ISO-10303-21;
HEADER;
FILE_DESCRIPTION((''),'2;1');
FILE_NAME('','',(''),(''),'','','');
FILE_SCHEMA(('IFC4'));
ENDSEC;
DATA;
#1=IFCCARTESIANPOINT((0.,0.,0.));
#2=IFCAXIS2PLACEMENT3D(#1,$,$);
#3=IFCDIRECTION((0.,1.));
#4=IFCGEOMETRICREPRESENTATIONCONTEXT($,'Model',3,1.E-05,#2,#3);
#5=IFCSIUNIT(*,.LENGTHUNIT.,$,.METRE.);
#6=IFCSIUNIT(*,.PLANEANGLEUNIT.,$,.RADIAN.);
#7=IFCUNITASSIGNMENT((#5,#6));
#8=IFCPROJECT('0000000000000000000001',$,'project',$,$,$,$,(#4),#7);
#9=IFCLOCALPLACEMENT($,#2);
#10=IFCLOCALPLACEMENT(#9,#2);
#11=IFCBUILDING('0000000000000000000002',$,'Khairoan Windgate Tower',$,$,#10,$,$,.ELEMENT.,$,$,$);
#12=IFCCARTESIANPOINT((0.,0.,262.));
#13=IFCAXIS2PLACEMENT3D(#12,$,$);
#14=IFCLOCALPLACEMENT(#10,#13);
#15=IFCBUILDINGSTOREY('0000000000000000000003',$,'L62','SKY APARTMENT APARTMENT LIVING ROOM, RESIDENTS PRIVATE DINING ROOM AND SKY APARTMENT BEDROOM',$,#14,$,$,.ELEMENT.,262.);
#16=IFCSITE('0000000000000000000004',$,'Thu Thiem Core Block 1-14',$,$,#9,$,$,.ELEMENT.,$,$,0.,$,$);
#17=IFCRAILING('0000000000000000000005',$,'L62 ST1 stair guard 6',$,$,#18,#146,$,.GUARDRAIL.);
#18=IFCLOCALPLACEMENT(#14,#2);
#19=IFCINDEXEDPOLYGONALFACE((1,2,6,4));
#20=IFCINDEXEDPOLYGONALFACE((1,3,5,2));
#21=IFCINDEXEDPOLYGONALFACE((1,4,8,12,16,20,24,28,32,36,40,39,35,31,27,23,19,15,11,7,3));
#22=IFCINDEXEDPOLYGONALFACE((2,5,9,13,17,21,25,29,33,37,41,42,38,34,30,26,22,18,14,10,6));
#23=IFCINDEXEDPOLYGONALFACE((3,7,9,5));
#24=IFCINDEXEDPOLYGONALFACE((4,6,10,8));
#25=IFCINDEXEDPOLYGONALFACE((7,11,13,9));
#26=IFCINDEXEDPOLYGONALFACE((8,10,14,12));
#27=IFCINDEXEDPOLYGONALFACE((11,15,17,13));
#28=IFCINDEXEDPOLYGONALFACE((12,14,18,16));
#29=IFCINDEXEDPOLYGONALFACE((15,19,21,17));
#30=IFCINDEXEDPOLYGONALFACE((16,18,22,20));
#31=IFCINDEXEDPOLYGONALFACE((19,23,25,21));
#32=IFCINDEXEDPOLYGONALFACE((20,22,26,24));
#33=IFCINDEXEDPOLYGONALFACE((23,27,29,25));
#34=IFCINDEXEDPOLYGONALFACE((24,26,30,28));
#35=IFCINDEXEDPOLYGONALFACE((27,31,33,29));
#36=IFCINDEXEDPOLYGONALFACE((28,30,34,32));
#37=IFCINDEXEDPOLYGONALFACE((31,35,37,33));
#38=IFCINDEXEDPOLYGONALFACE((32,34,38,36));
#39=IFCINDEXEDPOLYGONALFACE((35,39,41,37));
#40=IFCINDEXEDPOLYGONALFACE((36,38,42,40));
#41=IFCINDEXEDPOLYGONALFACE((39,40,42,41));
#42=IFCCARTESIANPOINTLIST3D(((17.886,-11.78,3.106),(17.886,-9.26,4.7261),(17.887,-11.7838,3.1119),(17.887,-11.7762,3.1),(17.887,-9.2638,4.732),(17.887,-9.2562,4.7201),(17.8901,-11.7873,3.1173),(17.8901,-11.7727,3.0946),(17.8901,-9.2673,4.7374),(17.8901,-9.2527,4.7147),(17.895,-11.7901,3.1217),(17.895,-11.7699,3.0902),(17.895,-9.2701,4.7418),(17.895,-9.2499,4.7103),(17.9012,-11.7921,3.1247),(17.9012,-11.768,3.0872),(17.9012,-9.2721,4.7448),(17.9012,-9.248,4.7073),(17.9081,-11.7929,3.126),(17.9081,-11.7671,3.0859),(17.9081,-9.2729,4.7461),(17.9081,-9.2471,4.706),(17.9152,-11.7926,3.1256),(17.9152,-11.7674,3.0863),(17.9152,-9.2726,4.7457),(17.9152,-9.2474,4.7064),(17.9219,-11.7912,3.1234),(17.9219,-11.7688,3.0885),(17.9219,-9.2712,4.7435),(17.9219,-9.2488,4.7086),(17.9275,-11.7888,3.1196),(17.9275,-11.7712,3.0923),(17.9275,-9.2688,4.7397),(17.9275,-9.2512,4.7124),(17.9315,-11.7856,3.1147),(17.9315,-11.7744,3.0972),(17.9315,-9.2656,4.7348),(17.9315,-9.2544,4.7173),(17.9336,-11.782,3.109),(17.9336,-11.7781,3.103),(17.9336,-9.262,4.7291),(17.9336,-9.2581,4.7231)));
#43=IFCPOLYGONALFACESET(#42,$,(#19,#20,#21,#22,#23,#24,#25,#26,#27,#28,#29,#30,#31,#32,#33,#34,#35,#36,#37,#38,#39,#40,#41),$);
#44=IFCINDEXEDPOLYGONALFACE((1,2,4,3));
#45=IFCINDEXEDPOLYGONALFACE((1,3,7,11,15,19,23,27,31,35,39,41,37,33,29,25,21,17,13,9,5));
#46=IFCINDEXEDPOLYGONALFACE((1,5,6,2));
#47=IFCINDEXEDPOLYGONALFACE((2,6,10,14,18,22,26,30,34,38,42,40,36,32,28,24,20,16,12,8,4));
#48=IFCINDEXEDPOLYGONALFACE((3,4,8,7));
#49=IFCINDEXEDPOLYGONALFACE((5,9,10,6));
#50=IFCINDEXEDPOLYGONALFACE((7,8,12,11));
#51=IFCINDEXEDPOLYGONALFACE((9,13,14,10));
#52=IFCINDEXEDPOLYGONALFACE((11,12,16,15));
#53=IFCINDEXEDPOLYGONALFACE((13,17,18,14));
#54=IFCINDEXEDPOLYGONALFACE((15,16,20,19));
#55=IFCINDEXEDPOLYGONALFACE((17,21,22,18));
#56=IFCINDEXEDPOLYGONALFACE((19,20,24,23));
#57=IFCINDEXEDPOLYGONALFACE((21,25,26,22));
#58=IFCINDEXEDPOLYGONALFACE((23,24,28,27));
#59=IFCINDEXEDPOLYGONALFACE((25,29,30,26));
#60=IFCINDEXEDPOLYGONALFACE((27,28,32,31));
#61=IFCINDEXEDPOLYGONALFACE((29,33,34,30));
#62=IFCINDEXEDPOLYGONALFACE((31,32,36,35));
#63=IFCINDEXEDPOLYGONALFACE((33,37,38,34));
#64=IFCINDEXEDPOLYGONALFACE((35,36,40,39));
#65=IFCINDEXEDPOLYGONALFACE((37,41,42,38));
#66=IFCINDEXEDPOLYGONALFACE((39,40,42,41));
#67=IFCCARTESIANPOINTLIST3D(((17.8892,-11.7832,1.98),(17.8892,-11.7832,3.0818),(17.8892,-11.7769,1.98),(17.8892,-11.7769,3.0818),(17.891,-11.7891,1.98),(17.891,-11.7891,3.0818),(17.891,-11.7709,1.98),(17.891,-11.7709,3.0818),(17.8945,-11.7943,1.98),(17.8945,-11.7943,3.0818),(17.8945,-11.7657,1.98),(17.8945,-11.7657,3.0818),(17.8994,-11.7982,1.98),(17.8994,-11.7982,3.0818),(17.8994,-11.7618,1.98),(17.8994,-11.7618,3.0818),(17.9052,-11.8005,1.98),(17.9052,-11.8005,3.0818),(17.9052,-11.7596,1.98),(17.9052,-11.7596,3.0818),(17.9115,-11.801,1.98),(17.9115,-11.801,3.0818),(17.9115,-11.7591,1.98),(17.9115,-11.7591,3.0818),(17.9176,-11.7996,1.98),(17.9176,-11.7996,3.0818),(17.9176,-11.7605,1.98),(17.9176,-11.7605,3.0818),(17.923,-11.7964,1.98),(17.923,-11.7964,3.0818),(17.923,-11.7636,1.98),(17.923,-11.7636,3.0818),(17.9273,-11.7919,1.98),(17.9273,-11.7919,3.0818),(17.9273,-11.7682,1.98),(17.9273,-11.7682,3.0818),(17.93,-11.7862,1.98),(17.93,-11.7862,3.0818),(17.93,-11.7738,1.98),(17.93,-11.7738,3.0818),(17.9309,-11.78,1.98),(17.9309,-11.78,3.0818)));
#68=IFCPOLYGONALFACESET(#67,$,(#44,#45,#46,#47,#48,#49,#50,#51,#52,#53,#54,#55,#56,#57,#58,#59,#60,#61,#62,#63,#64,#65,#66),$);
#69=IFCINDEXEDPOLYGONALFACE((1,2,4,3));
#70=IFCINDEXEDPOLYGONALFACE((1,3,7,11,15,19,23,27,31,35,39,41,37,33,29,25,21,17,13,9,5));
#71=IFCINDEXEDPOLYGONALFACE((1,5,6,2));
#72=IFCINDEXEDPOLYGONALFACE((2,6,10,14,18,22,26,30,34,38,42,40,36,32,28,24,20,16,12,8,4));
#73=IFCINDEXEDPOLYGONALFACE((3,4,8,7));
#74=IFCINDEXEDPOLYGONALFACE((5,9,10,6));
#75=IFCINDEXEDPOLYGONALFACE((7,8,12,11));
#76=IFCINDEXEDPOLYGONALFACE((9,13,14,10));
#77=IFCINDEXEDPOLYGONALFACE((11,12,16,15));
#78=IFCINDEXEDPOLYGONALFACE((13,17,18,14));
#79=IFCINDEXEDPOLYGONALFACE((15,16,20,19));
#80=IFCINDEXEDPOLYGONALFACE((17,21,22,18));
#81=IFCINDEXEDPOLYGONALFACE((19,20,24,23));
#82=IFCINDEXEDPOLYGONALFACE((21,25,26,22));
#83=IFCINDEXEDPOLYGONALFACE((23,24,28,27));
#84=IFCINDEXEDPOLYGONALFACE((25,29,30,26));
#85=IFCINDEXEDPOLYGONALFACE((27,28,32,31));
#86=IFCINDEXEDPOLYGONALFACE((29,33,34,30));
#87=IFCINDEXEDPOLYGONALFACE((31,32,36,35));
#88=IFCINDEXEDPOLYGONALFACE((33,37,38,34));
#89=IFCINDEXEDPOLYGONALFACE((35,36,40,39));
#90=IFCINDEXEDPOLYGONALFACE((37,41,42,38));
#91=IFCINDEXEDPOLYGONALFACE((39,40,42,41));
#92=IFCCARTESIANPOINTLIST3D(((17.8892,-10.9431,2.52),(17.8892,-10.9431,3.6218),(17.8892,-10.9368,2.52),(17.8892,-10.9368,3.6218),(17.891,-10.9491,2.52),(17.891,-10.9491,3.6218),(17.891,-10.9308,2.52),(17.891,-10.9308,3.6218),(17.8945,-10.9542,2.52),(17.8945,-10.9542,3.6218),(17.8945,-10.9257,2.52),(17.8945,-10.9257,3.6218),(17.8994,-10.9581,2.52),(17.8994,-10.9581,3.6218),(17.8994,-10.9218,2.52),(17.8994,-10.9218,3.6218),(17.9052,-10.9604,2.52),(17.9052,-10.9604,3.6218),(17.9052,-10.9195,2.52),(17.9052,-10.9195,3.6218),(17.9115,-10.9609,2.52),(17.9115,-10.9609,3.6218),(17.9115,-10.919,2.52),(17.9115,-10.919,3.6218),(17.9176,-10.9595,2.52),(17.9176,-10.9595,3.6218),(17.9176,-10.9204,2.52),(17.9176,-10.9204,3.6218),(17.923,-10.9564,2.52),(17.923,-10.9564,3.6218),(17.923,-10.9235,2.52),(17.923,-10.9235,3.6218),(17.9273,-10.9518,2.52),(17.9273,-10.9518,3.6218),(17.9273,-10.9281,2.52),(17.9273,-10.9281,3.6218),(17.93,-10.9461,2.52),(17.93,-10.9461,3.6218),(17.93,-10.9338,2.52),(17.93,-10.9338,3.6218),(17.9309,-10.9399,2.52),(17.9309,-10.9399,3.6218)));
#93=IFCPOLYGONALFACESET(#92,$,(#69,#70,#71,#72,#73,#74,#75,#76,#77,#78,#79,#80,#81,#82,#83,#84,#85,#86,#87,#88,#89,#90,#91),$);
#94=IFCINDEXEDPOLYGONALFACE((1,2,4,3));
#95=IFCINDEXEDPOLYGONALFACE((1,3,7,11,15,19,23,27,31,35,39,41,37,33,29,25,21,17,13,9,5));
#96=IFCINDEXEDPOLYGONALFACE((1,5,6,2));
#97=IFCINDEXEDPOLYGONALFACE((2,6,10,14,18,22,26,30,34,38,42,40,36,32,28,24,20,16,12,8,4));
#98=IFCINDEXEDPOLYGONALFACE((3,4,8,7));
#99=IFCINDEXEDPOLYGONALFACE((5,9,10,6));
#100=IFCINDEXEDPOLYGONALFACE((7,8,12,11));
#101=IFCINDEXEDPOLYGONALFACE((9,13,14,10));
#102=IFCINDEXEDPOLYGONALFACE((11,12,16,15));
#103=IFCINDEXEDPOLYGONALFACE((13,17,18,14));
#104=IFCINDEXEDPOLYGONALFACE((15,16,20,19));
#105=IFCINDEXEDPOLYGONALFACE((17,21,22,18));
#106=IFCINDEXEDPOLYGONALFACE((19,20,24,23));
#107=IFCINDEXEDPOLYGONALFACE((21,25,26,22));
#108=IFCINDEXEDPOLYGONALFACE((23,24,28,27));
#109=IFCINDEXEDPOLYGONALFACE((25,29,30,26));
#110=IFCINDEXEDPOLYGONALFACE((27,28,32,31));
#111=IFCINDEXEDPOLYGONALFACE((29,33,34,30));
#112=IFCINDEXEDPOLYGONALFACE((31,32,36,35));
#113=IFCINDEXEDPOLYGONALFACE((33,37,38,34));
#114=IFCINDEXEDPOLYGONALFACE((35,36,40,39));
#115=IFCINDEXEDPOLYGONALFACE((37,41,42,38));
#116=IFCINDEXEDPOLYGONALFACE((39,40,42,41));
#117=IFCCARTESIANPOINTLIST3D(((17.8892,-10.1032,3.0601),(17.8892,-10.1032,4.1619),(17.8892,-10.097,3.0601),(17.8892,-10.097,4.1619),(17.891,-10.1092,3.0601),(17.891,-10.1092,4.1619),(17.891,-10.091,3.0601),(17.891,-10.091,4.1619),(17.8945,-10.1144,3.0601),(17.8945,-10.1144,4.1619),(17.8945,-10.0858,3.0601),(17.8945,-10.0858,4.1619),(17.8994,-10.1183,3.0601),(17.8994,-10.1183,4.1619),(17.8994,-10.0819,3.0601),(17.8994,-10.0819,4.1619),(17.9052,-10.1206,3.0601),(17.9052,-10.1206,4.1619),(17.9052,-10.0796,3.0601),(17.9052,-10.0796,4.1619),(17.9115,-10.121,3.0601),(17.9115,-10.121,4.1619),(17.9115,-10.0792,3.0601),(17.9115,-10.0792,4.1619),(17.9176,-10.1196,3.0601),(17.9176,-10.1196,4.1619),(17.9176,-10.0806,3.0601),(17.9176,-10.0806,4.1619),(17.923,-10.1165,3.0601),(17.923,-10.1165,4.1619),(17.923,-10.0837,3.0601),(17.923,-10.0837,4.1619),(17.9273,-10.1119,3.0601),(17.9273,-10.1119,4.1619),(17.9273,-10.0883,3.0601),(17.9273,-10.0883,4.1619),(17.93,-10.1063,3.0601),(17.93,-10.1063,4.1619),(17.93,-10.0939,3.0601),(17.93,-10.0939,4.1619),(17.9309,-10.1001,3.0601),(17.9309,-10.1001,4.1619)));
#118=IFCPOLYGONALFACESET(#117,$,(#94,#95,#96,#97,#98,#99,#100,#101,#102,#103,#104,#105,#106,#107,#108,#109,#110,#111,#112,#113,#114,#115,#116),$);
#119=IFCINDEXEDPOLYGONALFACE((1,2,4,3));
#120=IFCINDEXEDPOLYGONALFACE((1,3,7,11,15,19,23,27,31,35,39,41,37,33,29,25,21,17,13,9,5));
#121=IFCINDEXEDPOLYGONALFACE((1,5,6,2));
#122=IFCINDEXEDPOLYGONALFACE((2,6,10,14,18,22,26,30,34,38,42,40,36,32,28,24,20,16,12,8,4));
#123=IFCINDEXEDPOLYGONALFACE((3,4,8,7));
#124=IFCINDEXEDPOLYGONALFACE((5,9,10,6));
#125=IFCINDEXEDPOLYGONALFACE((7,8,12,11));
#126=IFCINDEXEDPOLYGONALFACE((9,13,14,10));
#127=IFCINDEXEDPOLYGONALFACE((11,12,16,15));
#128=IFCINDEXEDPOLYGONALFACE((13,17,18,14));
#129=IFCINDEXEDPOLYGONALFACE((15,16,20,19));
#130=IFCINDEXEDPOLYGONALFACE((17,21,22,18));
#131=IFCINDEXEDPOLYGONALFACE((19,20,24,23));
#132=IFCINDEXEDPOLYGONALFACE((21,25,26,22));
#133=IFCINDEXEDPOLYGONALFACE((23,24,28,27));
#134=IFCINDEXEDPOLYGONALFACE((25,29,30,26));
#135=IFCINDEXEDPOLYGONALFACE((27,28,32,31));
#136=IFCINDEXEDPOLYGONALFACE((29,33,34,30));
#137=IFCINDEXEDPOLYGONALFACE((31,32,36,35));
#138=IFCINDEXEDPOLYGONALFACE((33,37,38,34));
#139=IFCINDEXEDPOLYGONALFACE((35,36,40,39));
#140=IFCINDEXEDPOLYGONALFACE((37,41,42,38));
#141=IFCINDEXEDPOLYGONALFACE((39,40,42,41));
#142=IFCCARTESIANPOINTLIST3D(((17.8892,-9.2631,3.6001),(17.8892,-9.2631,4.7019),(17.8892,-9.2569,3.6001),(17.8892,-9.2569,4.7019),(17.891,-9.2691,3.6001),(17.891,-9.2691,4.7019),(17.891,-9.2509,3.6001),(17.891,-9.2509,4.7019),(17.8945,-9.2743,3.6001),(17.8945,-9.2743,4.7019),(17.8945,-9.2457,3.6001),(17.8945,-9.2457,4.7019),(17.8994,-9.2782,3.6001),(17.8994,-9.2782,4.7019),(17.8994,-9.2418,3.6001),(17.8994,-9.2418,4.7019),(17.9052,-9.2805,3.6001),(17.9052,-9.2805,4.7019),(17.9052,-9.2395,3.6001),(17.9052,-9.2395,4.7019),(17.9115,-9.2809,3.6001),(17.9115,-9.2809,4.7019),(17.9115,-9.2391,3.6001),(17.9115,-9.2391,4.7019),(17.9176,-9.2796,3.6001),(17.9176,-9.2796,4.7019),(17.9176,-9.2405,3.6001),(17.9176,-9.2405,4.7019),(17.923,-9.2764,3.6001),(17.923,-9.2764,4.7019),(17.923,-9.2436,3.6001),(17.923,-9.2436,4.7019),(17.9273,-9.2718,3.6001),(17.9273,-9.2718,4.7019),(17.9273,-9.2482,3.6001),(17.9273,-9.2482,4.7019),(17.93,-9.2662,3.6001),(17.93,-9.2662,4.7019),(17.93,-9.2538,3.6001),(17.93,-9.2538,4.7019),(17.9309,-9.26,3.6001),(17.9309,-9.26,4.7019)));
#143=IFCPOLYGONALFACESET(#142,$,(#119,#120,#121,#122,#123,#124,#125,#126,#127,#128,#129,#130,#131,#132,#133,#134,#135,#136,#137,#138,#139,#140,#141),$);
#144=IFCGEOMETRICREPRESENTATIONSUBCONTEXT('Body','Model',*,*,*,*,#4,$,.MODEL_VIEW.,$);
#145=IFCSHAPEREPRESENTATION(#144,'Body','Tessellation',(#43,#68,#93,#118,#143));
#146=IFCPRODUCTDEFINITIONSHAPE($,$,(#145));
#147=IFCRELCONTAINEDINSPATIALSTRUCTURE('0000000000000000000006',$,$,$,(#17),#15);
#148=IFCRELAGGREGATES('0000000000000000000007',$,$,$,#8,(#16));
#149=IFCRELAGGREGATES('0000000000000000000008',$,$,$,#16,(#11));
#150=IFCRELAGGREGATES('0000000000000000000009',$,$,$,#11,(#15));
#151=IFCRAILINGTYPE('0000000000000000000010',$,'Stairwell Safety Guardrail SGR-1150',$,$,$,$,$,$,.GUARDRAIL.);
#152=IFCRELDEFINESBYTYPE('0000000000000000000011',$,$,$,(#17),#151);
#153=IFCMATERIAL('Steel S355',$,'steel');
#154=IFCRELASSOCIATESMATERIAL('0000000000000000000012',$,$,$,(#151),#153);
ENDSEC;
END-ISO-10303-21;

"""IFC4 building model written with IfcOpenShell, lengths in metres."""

from ifc_helpers import new_model, si_unit, direction, frame, origin, origin_2d, place, context, subcontext, project, spatial, circle, extrude, material, type_object, element, save


model = new_model("IFC4")

# Units and contexts
model_context = context("Model", 3, precision=1e-05, world=origin(), true_north=direction((0.0, 1.0)))
body_context = subcontext(model_context, "Body", "Model", "MODEL_VIEW")
ifc_project = project(units=[si_unit("LENGTHUNIT", "METRE"), si_unit("PLANEANGLEUNIT", "RADIAN")], contexts=[model_context])

# Site, building, storey
site_placement = place(None, origin())
site = spatial("IfcSite", under=ifc_project, at=site_placement, Name="Thu Thiem Core Block 1-14", CompositionType="ELEMENT", RefElevation=0.0)
building_placement = place(site_placement, origin())
building = spatial("IfcBuilding", under=site, at=building_placement, Name="Khairoan Windgate Tower", CompositionType="ELEMENT")
storey_placement = place(building_placement, frame((0.0, 0.0, 262.0)))
storey = spatial("IfcBuildingStorey", under=building, at=storey_placement, Name="L62", Description="SKY APARTMENT APARTMENT LIVING ROOM, RESIDENTS PRIVATE DINING ROOM AND SKY APARTMENT BEDROOM", CompositionType="ELEMENT", Elevation=262.0)

# Railing
ifc_material_1 = material(Name="Steel S355", Category="steel")
railing_type_1 = type_object("IfcRailingType", Name="Stairwell Safety Guardrail SGR-1150", PredefinedType="GUARDRAIL", material=ifc_material_1)
railing_1_placement = place(storey_placement, frame((17.9099, -11.78, 1.98)))
element("IfcRailing", 1, at=railing_1_placement, inside=storey, type_object=railing_type_1, Name="L62 ST1 stair guard 6", PredefinedType="GUARDRAIL", context=body_context, shape_type="SweptSolid", body=[
    extrude(circle(Radius=0.0239, at=origin_2d()), frame((0.0, 0.0, 1.126), z_axis=(0.0, 0.841163, 0.540782), x_axis=(-1.0, 0.0, 0.0)), (0.0, 0.0, 1.0), 2.9958),
    extrude(circle(Radius=0.021, at=origin_2d()), origin(), (0.0, 0.0, 1.0), 1.1018),
    extrude(circle(Radius=0.021, at=origin_2d()), frame((0.0, 0.8401, 0.54)), (0.0, 0.0, 1.0), 1.1018),
    extrude(circle(Radius=0.021, at=origin_2d()), frame((0.0, 1.6799, 1.0801)), (0.0, 0.0, 1.0), 1.1018),
    extrude(circle(Radius=0.021, at=origin_2d()), frame((0.0, 2.52, 1.6201)), (0.0, 0.0, 1.0), 1.1018),
])

save(model, "model.ifc")
